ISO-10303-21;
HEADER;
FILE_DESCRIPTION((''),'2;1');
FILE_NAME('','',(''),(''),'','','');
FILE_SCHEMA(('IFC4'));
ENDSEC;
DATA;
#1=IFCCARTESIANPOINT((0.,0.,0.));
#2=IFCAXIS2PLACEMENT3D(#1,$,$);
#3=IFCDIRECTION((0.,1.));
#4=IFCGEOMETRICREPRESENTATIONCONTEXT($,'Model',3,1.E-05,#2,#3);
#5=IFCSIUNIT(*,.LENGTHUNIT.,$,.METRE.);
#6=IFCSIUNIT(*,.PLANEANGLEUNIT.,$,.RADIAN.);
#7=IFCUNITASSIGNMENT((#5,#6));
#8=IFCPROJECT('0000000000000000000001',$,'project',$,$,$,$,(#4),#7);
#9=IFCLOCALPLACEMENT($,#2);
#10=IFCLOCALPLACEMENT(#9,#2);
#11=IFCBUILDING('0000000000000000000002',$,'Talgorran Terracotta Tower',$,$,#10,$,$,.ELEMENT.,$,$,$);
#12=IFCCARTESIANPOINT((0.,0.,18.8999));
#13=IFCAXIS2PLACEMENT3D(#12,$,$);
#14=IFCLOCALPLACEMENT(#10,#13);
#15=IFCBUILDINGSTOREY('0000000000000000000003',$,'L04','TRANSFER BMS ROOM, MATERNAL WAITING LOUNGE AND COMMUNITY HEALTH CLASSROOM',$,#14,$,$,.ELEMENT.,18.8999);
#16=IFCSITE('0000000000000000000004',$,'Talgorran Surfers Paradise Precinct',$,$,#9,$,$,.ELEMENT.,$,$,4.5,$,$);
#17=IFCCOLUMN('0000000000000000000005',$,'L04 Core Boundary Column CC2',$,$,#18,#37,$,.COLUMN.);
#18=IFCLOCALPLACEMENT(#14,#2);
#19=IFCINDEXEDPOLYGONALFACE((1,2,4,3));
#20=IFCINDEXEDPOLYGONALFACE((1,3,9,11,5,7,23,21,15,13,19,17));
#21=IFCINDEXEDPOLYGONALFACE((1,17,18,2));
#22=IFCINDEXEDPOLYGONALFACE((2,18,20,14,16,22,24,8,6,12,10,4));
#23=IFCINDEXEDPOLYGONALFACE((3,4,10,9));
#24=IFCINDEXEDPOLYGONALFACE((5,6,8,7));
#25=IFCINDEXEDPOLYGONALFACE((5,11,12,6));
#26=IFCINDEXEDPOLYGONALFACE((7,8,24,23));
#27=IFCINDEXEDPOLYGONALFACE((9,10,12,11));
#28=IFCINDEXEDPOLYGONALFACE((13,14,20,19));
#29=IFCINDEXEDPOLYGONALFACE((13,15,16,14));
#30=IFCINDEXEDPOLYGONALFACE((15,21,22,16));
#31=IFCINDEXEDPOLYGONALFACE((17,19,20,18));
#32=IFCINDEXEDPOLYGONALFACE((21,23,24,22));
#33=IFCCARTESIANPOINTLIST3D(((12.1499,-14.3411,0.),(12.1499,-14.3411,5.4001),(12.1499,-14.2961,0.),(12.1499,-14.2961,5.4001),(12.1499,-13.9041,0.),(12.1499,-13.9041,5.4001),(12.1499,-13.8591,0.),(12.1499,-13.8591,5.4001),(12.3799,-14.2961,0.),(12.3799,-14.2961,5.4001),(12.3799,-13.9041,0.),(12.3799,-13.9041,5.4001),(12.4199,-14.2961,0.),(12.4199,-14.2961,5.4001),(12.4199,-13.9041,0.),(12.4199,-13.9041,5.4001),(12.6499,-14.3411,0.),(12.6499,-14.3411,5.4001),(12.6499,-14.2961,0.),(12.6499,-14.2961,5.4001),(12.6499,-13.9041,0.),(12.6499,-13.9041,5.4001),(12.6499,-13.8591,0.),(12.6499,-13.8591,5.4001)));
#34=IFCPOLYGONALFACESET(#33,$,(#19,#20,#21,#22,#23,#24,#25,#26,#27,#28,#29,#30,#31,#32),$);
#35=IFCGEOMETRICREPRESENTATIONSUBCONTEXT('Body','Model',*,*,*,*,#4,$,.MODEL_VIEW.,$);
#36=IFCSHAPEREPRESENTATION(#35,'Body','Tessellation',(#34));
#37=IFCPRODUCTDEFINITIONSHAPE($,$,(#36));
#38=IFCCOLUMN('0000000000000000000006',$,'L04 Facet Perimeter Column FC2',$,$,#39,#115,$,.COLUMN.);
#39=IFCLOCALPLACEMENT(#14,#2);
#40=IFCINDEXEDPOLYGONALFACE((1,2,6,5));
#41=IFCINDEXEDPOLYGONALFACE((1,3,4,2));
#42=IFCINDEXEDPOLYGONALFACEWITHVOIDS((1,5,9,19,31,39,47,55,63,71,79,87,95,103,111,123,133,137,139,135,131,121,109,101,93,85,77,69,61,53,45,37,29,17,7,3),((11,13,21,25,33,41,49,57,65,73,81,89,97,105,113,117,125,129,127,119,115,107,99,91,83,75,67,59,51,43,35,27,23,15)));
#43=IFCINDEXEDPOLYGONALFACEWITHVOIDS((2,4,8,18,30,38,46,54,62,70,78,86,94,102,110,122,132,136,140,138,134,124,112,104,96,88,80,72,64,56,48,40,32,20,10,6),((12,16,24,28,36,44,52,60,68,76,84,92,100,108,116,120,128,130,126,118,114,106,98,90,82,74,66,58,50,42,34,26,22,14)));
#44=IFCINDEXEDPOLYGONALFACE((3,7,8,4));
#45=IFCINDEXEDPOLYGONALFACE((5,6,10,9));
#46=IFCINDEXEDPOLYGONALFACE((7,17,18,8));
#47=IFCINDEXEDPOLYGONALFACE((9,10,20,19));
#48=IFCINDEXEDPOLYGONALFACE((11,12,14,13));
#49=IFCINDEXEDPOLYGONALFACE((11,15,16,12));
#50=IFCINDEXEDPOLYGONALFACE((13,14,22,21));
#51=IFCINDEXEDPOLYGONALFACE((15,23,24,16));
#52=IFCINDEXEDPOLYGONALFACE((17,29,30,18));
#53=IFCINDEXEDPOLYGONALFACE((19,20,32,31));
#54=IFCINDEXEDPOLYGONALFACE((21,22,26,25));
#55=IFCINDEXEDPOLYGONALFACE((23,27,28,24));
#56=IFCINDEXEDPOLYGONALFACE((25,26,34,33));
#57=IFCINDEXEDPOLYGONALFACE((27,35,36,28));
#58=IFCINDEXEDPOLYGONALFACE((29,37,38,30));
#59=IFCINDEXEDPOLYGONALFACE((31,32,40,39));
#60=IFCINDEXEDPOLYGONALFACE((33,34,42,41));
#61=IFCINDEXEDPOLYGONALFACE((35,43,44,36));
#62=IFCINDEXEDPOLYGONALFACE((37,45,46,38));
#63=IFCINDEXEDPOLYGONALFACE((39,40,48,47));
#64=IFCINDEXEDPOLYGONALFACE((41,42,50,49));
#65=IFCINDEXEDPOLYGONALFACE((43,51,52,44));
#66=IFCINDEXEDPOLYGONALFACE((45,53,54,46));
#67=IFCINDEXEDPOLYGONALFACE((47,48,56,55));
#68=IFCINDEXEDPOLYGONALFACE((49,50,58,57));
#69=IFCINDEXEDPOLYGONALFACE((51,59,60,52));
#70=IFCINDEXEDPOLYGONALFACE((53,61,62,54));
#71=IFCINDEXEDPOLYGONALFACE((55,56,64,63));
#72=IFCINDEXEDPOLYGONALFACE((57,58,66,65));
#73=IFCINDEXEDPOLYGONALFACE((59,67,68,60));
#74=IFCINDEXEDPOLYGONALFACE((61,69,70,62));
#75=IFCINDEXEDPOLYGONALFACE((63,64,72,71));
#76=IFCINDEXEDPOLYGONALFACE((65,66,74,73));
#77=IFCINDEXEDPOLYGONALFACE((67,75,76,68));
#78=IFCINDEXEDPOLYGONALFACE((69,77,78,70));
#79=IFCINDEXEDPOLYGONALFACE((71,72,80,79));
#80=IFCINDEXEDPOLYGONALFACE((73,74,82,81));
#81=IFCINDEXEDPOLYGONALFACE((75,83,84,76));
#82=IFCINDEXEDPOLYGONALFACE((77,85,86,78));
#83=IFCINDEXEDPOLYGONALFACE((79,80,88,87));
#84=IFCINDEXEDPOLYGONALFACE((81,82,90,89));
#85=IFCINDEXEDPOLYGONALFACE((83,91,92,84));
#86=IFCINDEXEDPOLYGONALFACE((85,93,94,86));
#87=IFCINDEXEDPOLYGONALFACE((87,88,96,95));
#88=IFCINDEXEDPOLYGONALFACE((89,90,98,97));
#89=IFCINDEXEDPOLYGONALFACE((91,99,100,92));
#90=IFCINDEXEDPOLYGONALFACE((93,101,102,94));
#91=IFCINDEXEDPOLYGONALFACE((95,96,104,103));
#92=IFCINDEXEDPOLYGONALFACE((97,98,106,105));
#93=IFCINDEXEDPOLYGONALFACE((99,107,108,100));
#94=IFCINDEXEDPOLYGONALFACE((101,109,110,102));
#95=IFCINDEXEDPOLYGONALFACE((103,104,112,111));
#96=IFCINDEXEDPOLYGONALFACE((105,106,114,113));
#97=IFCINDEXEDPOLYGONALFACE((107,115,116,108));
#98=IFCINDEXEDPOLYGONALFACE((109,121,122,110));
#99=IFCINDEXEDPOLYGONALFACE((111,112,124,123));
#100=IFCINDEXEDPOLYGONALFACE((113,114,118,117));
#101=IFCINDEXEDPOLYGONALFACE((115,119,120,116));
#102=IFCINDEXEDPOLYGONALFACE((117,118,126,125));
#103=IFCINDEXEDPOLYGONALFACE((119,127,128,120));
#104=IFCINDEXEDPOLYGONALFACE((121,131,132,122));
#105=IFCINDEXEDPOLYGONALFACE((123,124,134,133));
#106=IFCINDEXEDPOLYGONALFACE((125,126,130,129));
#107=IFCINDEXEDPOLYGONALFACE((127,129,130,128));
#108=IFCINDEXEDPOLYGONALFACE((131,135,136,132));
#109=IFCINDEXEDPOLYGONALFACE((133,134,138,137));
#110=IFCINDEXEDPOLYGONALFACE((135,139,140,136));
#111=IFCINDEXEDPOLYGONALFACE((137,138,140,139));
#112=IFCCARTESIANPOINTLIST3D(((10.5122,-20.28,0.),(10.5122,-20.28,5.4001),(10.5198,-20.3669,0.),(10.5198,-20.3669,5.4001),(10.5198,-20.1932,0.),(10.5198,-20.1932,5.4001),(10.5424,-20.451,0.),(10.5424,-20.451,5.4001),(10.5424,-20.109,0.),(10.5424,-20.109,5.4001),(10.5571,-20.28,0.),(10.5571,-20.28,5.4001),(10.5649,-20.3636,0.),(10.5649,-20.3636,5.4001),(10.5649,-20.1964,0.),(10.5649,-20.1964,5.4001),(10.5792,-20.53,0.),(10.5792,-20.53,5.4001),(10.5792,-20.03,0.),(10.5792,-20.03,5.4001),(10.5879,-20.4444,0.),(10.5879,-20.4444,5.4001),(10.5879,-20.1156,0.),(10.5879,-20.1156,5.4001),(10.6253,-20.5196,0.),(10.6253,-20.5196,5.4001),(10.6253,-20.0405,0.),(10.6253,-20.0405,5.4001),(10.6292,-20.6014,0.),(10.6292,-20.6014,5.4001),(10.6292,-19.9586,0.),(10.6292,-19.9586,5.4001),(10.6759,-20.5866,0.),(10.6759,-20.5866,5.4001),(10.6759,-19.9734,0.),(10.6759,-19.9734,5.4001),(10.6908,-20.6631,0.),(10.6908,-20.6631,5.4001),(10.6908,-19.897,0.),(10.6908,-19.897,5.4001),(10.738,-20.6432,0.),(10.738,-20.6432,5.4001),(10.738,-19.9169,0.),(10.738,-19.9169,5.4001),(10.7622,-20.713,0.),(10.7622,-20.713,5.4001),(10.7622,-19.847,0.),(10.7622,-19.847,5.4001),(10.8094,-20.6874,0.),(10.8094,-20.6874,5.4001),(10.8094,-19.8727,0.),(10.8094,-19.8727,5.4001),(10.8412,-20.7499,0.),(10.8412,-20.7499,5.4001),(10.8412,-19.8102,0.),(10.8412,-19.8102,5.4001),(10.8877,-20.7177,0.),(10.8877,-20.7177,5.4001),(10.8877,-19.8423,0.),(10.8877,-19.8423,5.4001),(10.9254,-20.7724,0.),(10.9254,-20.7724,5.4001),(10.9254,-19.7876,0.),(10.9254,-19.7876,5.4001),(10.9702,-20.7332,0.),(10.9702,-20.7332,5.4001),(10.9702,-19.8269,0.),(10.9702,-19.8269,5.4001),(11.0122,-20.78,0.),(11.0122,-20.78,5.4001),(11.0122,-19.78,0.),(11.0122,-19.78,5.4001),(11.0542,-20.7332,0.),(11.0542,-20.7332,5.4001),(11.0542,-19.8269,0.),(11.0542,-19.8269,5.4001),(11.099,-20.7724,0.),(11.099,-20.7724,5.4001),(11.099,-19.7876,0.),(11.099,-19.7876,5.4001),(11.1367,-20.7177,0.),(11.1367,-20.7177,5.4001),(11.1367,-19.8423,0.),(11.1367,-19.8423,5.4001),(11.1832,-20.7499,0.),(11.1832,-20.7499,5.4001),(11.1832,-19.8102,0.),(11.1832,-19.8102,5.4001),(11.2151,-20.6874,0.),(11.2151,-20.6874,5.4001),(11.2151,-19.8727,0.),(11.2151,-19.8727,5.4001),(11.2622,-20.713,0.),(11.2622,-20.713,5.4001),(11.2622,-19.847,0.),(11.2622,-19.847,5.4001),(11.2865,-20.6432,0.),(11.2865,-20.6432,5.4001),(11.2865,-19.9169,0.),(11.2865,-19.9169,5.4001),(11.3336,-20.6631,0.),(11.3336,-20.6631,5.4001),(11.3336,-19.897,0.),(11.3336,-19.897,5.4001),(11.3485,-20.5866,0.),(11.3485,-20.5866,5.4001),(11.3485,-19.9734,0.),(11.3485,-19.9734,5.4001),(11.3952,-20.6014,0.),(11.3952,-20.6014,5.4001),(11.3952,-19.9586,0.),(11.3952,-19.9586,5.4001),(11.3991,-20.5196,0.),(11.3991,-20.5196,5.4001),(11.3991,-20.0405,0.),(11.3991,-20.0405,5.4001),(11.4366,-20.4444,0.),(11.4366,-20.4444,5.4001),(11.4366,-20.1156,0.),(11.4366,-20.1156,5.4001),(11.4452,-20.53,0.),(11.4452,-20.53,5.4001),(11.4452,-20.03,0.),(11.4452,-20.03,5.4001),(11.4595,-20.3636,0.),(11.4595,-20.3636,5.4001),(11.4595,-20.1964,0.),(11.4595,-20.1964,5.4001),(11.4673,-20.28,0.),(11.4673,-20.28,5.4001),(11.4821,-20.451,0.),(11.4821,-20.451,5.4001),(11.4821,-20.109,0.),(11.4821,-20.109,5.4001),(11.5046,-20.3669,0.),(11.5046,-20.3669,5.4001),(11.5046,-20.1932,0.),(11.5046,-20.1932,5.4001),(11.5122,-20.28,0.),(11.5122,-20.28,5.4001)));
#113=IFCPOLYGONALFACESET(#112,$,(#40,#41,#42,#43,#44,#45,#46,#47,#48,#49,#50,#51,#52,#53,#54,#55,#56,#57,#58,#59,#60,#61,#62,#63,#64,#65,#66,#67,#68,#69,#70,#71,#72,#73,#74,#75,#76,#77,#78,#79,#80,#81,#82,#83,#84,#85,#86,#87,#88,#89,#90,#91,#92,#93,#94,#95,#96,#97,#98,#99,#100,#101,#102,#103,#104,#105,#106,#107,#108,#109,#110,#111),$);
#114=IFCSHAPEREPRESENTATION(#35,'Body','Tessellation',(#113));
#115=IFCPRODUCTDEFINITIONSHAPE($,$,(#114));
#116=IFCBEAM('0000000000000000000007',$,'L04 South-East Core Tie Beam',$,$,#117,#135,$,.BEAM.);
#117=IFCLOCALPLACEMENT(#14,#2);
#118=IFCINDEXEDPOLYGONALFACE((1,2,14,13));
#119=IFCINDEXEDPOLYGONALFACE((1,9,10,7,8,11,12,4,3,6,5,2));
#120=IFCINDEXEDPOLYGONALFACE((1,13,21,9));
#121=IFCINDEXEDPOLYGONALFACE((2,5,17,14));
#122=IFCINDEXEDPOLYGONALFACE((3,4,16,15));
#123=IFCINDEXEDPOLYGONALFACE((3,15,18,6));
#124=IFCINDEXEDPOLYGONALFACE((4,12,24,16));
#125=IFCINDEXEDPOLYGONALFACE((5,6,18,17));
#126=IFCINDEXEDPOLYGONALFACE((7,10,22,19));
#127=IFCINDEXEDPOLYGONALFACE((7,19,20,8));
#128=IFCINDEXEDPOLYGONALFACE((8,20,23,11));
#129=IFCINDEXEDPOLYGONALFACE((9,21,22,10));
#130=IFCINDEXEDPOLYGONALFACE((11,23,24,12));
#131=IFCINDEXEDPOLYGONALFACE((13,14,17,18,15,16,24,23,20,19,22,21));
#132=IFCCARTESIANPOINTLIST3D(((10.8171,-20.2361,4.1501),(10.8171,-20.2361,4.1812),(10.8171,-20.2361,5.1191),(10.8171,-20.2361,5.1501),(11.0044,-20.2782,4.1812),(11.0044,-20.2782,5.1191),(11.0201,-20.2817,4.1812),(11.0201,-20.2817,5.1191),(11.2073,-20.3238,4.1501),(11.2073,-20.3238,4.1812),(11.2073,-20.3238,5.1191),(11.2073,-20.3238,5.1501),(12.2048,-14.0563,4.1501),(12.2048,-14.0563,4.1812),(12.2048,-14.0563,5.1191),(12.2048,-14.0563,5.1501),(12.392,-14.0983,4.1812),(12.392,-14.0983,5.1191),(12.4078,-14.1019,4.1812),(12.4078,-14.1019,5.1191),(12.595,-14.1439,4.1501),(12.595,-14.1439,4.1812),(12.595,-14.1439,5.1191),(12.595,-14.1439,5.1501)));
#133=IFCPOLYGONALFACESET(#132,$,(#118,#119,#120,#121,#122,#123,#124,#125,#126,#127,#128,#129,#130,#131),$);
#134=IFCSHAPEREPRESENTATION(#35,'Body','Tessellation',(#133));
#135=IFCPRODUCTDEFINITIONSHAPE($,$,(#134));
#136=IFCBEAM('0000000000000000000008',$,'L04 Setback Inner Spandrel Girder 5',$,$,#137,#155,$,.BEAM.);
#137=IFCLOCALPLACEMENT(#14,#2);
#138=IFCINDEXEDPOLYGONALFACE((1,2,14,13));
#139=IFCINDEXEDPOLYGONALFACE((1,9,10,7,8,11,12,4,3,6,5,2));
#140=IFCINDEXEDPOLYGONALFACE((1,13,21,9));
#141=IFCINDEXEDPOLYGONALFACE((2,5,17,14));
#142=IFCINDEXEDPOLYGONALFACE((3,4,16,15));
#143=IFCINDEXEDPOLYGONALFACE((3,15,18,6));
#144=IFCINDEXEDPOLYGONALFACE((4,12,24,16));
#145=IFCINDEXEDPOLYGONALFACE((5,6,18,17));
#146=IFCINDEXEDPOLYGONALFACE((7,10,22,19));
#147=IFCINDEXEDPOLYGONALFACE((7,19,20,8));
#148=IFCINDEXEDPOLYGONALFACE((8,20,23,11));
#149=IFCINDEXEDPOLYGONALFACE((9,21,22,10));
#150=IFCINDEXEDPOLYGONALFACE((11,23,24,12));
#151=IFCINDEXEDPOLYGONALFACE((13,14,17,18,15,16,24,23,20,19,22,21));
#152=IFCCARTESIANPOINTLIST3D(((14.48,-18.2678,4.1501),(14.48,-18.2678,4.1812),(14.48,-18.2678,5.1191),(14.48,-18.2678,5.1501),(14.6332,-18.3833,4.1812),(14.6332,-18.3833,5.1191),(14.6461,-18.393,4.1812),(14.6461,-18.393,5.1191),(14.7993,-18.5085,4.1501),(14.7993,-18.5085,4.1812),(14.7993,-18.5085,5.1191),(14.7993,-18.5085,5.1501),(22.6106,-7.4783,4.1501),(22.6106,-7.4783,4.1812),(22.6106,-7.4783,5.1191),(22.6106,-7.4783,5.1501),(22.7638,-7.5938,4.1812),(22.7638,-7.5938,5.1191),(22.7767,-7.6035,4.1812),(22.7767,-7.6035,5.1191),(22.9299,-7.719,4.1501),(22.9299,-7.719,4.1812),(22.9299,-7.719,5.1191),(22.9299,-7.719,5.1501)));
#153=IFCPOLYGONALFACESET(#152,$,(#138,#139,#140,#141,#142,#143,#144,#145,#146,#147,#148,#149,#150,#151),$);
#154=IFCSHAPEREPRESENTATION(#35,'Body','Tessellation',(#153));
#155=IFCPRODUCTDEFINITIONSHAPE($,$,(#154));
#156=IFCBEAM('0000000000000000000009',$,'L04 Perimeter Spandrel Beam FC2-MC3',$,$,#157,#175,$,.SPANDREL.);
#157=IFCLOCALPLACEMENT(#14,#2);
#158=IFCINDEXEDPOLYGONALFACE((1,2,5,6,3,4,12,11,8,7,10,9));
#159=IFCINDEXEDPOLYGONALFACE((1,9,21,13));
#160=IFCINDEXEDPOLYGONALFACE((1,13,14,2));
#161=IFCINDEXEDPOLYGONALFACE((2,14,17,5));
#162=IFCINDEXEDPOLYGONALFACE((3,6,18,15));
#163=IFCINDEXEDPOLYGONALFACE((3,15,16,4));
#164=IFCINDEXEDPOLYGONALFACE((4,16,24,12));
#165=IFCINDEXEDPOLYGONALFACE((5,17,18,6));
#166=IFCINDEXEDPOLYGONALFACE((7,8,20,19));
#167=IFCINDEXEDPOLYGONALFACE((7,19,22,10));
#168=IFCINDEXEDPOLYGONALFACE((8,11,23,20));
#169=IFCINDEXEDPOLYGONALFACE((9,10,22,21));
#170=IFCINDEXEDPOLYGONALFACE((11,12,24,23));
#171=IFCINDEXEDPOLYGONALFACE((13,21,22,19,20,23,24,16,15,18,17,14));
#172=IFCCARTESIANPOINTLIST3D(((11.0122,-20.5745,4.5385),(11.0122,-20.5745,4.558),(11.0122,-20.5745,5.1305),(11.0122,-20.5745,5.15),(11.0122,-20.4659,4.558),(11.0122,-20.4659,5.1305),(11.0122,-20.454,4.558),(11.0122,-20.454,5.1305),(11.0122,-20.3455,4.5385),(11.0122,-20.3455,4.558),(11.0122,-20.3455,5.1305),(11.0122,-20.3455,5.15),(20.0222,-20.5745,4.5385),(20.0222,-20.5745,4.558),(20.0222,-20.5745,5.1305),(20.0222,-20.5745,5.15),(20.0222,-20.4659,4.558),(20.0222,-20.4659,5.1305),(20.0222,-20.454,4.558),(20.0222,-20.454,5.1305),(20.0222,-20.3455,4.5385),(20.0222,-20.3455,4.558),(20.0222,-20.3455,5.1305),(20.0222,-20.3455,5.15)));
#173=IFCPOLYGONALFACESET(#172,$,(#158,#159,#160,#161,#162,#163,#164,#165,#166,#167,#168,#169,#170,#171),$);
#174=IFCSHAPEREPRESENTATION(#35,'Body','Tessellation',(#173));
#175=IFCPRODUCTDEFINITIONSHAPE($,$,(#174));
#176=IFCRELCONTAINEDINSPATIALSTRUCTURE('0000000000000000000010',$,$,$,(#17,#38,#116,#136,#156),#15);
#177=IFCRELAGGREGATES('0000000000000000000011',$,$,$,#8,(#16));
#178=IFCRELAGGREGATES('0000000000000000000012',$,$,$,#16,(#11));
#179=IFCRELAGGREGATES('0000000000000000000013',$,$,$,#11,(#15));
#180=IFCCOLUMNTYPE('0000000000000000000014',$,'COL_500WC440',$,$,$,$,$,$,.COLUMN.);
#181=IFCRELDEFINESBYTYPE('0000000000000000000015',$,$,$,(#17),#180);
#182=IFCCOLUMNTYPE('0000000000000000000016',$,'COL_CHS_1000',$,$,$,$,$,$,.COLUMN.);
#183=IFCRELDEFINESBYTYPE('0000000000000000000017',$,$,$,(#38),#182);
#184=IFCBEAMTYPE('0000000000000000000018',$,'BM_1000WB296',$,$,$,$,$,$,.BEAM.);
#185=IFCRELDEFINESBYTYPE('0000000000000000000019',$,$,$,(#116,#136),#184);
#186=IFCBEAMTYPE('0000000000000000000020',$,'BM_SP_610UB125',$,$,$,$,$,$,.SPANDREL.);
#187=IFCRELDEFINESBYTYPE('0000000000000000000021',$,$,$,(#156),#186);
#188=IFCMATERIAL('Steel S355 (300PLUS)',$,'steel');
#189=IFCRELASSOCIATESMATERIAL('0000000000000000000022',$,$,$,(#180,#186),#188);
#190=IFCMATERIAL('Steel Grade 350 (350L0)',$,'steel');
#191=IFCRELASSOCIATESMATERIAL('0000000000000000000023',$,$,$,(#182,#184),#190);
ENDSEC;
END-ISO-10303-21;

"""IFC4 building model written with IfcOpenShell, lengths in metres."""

from ifc_helpers import new_model, si_unit, direction, frame, origin, origin_2d, place, context, subcontext, project, spatial, hollow_circle, i_section, extrude, material, material_profile, profile_set, type_object, element, save


model = new_model("IFC4")

# Units and contexts
model_context = context("Model", 3, precision=1e-05, world=origin(), true_north=direction((0.0, 1.0)))
body_context = subcontext(model_context, "Body", "Model", "MODEL_VIEW")
ifc_project = project(units=[si_unit("LENGTHUNIT", "METRE"), si_unit("PLANEANGLEUNIT", "RADIAN")], contexts=[model_context])

# Site, building, storey
site_placement = place(None, origin())
site = spatial("IfcSite", under=ifc_project, at=site_placement, Name="Talgorran Surfers Paradise Precinct", CompositionType="ELEMENT", RefElevation=4.5)
building_placement = place(site_placement, origin())
building = spatial("IfcBuilding", under=site, at=building_placement, Name="Talgorran Terracotta Tower", CompositionType="ELEMENT")
storey_placement = place(building_placement, frame((0.0, 0.0, 18.8999)))
storey = spatial("IfcBuildingStorey", under=building, at=storey_placement, Name="L04", Description="TRANSFER BMS ROOM, MATERNAL WAITING LOUNGE AND COMMUNITY HEALTH CLASSROOM", CompositionType="ELEMENT", Elevation=18.8999)

# Columns
ifc_material_1 = material(Name="Steel S355 (300PLUS)", Category="steel")
ifc_material_profile_1 = material_profile(ifc_material_1, i_section(OverallWidth=0.5, OverallDepth=0.4819, WebThickness=0.04, FlangeThickness=0.0449, at=origin_2d()), Name="500WC440")
ifc_profile_set_1 = profile_set([ifc_material_profile_1], Name="Steel S355 (300PLUS)")
column_type_1 = type_object("IfcColumnType", Name="COL_500WC440", PredefinedType="COLUMN", material=ifc_profile_set_1)
column_1_placement = place(storey_placement, frame((12.3999, -14.1001, 0.0), z_axis=(0.0, 0.0, 1.0), x_axis=(1.0, 0.0, 0.0)))
element("IfcColumn", 1, at=column_1_placement, inside=storey, type_object=column_type_1, Name="L04 Core Boundary Column CC2", PredefinedType="COLUMN", context=body_context, shape_type="SweptSolid", body=[
    extrude(i_section(OverallWidth=0.5, OverallDepth=0.4819, WebThickness=0.04, FlangeThickness=0.0449, at=origin_2d()), origin(), (0.0, 0.0, 1.0), 5.4001),
])
ifc_material_2 = material(Name="Steel Grade 350 (350L0)", Category="steel")
ifc_material_profile_2 = material_profile(ifc_material_2, hollow_circle(Radius=0.5, WallThickness=0.0449, at=origin_2d()), Name="CHS1000X45")
ifc_profile_set_2 = profile_set([ifc_material_profile_2], Name="Steel Grade 350 (350L0)")
column_type_2 = type_object("IfcColumnType", Name="COL_CHS_1000", PredefinedType="COLUMN", material=ifc_profile_set_2)
column_2_placement = place(storey_placement, frame((11.0122, -20.28, 0.0), z_axis=(0.0, 0.0, 1.0), x_axis=(1.0, 0.0, 0.0)))
element("IfcColumn", 2, at=column_2_placement, inside=storey, type_object=column_type_2, Name="L04 Facet Perimeter Column FC2", PredefinedType="COLUMN", context=body_context, shape_type="SweptSolid", body=[
    extrude(hollow_circle(Radius=0.5, WallThickness=0.0449, at=origin_2d()), origin(), (0.0, 0.0, 1.0), 5.4001),
])

# Beams
ifc_material_profile_3 = material_profile(ifc_material_2, i_section(OverallWidth=0.3999, OverallDepth=1.0, WebThickness=0.0161, FlangeThickness=0.031, at=origin_2d()), Name="1000WB296")
ifc_profile_set_3 = profile_set([ifc_material_profile_3], Name="Steel Grade 350 (350L0)")
beam_type_1 = type_object("IfcBeamType", Name="BM_1000WB296", PredefinedType="BEAM", material=ifc_profile_set_3)
beam_1_placement = place(storey_placement, frame((12.3999, -14.1001, 4.6501), z_axis=(-0.219093, -0.975704, 0.0), x_axis=(0.975704, -0.219093, 0.0)))
element("IfcBeam", 3, at=beam_1_placement, inside=storey, type_object=beam_type_1, Name="L04 South-East Core Tie Beam", PredefinedType="BEAM", context=body_context, shape_type="SweptSolid", body=[
    extrude(i_section(OverallWidth=0.3999, OverallDepth=1.0, WebThickness=0.0161, FlangeThickness=0.031, at=origin_2d()), origin(), (0.0, 0.0, 1.0), 6.3337),
])
beam_2_placement = place(storey_placement, frame((14.6396, -18.3882, 4.6501), z_axis=(0.60182, 0.798632, 0.0), x_axis=(-0.798632, 0.60182, 0.0)))
element("IfcBeam", 4, at=beam_2_placement, inside=storey, type_object=beam_type_1, Name="L04 Setback Inner Spandrel Girder 5", PredefinedType="BEAM", context=body_context, shape_type="SweptSolid", body=[
    extrude(i_section(OverallWidth=0.3999, OverallDepth=1.0, WebThickness=0.0161, FlangeThickness=0.031, at=origin_2d()), origin(), (0.0, 0.0, 1.0), 13.51),
])
ifc_material_profile_4 = material_profile(ifc_material_1, i_section(OverallWidth=0.229, OverallDepth=0.6116, WebThickness=0.012, FlangeThickness=0.0195, at=origin_2d()), Name="610UB125")
ifc_profile_set_4 = profile_set([ifc_material_profile_4], Name="Steel S355 (300PLUS)")
beam_type_2 = type_object("IfcBeamType", Name="BM_SP_610UB125", PredefinedType="SPANDREL", material=ifc_profile_set_4)
beam_3_placement = place(storey_placement, frame((11.0122, -20.46, 4.8442), z_axis=(1.0, 0.0, 0.0), x_axis=(0.0, 1.0, 0.0)))
element("IfcBeam", 5, at=beam_3_placement, inside=storey, type_object=beam_type_2, Name="L04 Perimeter Spandrel Beam FC2-MC3", PredefinedType="SPANDREL", context=body_context, shape_type="SweptSolid", body=[
    extrude(i_section(OverallWidth=0.229, OverallDepth=0.6116, WebThickness=0.012, FlangeThickness=0.0195, at=origin_2d()), origin(), (0.0, 0.0, 1.0), 9.01),
])

save(model, "model.ifc")
